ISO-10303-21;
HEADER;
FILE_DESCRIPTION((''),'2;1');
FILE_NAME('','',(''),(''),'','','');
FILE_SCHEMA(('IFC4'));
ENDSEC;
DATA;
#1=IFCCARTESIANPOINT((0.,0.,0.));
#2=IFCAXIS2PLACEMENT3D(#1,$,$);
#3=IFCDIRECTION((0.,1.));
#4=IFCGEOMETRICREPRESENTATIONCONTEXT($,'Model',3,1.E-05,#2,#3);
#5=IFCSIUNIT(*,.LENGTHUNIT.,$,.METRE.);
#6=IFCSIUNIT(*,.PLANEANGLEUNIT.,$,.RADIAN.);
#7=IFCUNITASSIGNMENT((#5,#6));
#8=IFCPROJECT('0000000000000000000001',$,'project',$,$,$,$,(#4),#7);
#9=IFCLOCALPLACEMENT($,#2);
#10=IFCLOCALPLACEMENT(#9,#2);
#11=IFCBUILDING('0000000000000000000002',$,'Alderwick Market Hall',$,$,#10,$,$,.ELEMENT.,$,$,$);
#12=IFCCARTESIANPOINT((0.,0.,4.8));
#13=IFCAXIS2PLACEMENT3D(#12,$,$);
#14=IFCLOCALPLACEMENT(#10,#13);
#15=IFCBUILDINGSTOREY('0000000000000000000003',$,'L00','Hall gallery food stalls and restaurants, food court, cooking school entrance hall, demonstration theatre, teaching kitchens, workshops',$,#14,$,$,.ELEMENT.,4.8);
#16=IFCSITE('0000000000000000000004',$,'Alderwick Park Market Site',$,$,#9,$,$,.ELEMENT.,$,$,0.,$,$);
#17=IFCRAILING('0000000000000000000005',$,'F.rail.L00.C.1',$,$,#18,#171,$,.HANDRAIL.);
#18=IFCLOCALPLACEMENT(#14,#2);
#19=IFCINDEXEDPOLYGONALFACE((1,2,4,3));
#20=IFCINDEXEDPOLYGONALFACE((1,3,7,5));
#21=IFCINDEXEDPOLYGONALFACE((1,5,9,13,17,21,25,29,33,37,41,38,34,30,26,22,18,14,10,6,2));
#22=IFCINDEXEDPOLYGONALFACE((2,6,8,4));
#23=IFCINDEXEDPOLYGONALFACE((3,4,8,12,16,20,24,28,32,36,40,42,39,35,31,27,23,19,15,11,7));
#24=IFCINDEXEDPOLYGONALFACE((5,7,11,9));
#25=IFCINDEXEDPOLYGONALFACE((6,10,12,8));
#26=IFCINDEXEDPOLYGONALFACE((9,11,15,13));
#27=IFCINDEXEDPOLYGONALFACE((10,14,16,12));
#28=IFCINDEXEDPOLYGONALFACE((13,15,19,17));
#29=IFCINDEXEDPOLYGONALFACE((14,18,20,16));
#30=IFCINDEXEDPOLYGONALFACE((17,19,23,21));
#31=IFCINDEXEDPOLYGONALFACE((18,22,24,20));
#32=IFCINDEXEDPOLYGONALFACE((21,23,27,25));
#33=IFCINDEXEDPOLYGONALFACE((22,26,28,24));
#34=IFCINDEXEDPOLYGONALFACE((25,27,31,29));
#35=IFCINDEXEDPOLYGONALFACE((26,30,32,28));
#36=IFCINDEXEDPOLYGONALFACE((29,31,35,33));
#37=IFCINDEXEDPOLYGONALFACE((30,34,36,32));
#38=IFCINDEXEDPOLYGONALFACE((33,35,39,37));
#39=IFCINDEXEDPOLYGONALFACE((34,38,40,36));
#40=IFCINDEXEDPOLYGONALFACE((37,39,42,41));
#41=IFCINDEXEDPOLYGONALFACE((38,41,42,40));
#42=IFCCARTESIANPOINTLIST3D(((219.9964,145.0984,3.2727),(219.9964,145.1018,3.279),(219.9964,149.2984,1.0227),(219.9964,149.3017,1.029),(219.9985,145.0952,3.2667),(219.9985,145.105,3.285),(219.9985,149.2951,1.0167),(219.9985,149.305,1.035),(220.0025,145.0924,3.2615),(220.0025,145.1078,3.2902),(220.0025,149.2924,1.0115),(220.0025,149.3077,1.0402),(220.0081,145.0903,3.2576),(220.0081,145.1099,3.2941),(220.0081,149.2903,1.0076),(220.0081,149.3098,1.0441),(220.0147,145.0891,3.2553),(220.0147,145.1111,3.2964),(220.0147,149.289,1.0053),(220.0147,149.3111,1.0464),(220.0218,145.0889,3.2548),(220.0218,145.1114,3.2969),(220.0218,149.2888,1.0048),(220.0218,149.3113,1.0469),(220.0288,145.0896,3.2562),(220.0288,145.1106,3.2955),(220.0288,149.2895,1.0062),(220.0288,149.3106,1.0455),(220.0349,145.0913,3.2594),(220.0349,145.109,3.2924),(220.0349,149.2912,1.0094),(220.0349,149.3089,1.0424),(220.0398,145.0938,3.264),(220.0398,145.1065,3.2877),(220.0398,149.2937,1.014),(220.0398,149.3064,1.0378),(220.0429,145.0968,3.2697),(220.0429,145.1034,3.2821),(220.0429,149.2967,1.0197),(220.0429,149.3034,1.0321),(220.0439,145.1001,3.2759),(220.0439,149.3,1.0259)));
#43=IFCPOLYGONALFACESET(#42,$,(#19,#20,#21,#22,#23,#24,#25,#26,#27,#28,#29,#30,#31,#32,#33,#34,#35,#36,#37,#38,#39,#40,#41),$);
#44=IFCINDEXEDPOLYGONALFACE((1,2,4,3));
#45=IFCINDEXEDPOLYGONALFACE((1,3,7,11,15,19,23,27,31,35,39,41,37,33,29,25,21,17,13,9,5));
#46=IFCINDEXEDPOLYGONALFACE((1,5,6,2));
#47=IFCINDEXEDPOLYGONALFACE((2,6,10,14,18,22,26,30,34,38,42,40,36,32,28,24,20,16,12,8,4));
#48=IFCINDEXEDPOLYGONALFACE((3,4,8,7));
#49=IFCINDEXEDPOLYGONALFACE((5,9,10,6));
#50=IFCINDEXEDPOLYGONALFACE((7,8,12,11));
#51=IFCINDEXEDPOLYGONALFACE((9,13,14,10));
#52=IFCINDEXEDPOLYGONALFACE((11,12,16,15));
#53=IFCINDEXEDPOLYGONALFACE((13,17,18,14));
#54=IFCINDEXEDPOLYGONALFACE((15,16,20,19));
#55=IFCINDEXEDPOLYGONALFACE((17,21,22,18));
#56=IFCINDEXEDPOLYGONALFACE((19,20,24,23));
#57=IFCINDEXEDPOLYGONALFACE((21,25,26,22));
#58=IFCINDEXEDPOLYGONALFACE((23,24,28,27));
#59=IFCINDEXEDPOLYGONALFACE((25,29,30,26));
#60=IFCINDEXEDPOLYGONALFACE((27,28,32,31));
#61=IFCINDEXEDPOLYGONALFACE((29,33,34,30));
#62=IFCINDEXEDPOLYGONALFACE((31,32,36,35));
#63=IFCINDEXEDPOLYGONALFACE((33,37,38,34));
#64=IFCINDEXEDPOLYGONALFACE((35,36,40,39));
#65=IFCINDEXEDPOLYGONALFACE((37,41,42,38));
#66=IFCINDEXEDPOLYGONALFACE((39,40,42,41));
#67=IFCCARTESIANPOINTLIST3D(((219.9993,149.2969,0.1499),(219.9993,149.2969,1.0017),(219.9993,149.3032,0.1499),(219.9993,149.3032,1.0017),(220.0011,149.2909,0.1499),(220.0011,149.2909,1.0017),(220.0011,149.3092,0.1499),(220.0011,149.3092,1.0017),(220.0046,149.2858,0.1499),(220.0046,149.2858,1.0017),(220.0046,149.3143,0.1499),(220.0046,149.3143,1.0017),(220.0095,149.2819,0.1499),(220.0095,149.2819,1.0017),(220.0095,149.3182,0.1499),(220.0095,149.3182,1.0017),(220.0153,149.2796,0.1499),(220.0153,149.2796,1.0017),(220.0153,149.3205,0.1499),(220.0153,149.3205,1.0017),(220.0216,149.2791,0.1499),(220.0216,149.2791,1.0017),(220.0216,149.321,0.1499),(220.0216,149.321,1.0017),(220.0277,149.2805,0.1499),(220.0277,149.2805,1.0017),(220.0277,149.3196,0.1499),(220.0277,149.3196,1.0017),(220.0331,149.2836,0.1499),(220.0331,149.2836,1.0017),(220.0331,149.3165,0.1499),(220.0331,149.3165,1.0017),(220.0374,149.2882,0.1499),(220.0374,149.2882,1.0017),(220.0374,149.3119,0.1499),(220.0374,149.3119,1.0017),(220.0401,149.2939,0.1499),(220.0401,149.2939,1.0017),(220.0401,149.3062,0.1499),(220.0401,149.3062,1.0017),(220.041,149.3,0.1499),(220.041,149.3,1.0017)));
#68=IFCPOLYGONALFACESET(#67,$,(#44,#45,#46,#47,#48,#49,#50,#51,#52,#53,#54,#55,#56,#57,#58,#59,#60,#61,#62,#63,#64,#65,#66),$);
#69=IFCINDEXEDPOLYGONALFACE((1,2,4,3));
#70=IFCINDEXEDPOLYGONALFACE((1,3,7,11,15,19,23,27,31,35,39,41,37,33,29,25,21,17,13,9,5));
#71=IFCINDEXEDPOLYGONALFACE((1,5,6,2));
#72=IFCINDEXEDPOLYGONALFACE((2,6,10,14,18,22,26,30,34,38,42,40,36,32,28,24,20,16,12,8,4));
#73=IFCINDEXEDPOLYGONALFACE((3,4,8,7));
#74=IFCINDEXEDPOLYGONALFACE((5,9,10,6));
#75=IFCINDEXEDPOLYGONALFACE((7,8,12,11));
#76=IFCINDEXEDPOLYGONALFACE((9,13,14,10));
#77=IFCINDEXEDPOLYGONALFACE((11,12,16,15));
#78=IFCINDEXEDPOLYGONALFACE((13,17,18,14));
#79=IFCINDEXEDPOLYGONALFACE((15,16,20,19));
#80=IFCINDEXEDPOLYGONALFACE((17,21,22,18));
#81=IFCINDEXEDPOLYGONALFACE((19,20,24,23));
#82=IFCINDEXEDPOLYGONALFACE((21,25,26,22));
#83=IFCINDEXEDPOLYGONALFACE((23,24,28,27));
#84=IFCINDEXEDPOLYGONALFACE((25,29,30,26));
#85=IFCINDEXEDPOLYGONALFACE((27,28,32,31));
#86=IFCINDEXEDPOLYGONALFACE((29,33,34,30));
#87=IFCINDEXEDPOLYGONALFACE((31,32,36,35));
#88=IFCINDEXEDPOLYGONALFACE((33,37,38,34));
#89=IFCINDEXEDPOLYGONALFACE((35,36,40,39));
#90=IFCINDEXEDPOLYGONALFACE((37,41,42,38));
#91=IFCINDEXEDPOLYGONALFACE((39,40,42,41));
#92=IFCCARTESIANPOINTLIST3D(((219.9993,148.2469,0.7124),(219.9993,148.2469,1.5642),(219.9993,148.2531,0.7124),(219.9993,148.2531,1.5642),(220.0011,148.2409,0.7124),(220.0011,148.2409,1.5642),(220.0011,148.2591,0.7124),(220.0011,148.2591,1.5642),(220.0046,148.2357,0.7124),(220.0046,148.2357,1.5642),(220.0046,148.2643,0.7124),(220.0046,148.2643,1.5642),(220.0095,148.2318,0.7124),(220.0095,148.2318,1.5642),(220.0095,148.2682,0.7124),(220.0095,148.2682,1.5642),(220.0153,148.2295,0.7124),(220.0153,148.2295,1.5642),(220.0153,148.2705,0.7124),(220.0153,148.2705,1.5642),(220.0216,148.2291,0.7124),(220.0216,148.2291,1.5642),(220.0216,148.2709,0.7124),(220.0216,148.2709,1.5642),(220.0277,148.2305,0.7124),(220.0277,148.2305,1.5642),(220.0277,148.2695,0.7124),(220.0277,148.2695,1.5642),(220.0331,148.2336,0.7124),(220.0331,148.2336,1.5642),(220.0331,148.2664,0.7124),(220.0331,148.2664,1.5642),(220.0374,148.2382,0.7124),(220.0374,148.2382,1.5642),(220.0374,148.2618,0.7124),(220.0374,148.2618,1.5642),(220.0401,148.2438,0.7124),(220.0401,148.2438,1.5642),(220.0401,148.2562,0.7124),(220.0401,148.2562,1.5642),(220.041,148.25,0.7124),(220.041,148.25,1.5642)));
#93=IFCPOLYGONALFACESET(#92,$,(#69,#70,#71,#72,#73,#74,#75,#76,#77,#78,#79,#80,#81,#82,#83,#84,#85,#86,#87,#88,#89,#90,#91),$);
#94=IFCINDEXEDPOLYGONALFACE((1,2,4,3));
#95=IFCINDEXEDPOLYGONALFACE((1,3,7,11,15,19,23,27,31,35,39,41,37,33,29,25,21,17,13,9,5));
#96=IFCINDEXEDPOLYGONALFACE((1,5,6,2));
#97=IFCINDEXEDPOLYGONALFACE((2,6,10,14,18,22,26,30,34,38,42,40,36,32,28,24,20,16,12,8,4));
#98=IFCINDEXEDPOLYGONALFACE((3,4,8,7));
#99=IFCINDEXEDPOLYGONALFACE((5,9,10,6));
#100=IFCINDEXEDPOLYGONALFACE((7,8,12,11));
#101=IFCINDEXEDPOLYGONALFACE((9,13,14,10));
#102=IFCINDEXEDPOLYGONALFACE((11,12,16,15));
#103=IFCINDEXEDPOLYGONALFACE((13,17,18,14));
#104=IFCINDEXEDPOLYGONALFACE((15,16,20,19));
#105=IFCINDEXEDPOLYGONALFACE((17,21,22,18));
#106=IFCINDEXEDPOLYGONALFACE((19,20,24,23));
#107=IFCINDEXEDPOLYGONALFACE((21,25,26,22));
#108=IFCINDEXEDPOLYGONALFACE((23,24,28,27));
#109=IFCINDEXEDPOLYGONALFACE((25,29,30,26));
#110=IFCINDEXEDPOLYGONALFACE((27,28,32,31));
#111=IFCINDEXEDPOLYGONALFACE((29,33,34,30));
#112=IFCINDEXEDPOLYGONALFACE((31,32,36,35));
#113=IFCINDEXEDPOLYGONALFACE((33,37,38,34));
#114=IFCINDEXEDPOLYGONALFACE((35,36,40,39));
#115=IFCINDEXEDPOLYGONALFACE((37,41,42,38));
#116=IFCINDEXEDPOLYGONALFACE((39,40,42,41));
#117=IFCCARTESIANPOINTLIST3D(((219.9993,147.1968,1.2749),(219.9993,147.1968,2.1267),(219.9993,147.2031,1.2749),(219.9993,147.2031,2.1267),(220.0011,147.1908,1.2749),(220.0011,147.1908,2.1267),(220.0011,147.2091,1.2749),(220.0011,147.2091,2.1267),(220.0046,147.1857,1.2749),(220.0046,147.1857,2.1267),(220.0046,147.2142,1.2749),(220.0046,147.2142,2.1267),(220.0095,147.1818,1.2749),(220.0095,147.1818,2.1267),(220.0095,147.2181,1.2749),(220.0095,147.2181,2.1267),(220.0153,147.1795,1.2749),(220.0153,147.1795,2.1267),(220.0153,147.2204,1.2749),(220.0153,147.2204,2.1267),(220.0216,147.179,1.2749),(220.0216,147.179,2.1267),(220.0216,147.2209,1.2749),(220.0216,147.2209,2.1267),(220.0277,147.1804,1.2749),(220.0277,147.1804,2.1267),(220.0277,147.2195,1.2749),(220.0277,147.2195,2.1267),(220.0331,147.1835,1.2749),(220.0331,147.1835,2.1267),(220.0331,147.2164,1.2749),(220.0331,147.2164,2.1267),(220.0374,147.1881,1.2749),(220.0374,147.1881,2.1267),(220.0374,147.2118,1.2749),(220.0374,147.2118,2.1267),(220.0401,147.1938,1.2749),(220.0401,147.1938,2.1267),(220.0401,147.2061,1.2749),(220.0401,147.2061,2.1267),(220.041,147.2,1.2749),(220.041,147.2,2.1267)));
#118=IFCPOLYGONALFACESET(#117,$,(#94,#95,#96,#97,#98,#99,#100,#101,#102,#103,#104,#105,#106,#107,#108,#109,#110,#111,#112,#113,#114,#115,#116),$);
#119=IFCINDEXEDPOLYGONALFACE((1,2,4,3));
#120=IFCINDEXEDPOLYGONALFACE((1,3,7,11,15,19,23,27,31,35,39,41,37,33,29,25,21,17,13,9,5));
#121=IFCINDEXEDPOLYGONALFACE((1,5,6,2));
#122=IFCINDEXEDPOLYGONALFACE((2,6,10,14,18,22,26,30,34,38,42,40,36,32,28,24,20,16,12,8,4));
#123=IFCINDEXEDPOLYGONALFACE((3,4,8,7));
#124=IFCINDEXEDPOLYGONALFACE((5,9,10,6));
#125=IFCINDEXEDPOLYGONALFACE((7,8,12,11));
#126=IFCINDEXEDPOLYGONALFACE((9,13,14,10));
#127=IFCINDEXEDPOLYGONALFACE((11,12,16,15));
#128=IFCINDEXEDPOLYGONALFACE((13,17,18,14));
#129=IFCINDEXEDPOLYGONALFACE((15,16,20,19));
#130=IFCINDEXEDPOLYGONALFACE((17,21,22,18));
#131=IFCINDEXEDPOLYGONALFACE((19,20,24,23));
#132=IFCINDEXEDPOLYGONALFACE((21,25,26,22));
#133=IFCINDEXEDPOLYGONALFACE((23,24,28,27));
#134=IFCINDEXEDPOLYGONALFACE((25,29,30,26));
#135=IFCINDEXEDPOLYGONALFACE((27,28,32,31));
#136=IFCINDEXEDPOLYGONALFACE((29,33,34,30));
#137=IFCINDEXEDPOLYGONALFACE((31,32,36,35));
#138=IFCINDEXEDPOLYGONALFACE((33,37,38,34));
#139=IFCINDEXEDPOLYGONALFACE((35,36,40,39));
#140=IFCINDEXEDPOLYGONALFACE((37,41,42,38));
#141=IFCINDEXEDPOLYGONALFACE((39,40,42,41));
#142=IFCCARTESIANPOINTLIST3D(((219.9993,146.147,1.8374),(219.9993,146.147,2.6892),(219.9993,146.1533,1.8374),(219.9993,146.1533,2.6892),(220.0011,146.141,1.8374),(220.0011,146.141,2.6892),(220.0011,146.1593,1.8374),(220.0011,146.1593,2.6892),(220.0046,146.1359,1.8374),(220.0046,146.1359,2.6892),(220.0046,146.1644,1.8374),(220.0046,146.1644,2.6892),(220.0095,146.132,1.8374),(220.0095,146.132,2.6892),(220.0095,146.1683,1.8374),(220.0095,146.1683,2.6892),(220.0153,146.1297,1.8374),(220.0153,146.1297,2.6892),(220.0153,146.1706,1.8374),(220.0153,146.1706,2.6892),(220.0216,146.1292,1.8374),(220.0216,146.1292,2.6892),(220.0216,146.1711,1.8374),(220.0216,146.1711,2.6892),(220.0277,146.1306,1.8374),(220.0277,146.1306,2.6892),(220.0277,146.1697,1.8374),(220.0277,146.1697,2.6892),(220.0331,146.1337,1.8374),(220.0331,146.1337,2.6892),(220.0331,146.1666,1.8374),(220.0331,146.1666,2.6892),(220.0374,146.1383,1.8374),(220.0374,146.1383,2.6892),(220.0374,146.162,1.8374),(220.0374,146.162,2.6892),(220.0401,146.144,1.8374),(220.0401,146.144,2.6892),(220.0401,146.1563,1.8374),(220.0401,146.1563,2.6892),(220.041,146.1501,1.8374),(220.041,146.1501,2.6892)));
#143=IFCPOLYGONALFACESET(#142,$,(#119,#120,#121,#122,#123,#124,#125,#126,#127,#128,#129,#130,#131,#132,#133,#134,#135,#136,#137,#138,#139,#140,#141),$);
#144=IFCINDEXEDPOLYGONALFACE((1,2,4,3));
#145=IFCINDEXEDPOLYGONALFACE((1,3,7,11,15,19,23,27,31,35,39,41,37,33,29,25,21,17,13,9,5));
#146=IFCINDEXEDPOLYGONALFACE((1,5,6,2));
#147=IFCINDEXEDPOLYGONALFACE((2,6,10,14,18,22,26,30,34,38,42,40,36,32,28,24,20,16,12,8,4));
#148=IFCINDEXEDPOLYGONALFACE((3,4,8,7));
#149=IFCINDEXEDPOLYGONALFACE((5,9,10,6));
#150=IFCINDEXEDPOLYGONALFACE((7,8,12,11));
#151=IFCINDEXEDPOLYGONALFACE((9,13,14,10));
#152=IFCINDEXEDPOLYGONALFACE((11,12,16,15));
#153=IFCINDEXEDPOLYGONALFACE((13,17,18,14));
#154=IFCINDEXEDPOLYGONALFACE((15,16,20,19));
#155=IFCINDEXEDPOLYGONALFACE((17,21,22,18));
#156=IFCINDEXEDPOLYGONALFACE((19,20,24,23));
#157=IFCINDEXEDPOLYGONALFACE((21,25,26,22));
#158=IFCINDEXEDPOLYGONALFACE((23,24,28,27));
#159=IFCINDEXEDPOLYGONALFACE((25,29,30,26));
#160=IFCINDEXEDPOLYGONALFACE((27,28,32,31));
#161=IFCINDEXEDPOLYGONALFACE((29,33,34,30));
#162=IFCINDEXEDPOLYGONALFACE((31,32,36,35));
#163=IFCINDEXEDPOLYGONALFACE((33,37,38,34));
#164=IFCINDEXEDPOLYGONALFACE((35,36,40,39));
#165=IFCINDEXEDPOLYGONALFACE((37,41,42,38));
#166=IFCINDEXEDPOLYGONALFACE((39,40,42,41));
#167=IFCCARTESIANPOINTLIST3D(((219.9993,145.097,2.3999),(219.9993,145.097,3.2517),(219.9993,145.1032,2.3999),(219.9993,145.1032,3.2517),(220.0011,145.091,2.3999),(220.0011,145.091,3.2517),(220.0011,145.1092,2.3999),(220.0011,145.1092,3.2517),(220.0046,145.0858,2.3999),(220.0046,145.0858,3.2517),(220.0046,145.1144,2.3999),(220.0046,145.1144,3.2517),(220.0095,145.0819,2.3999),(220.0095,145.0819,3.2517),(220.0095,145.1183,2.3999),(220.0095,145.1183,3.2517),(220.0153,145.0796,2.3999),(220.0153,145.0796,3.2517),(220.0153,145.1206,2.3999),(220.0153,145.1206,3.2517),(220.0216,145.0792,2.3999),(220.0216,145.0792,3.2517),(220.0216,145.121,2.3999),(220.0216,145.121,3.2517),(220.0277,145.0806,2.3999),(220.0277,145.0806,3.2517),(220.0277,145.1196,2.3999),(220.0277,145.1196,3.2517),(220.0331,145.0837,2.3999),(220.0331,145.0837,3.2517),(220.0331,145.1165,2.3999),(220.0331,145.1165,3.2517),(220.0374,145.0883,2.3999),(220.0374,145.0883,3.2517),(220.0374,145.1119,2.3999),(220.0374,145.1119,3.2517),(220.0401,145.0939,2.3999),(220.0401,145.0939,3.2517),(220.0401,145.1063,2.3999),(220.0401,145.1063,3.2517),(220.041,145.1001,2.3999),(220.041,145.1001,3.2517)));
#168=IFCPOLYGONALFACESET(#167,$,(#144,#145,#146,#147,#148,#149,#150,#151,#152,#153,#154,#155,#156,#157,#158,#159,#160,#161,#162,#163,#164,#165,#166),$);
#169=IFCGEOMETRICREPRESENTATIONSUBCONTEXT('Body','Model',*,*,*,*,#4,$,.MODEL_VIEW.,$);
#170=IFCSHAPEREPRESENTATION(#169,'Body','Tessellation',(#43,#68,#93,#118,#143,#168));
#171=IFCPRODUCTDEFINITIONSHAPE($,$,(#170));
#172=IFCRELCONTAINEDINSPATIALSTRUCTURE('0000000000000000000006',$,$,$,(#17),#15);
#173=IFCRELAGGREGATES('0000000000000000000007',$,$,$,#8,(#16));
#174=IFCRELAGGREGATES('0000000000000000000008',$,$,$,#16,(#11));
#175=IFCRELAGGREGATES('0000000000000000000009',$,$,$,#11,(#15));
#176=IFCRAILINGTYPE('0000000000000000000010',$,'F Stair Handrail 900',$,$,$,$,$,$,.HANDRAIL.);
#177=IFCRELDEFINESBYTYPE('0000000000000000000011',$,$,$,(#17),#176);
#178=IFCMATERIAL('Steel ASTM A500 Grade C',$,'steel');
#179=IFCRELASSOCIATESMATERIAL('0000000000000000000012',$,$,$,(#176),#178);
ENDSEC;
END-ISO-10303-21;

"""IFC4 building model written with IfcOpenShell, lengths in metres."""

from ifc_helpers import new_model, si_unit, direction, frame, origin, origin_2d, place, context, subcontext, project, spatial, circle, extrude, material, type_object, element, save


model = new_model("IFC4")

# Units and contexts
model_context = context("Model", 3, precision=1e-05, world=origin(), true_north=direction((0.0, 1.0)))
body_context = subcontext(model_context, "Body", "Model", "MODEL_VIEW")
ifc_project = project(units=[si_unit("LENGTHUNIT", "METRE"), si_unit("PLANEANGLEUNIT", "RADIAN")], contexts=[model_context])

# Site, building, storey
site_placement = place(None, origin())
site = spatial("IfcSite", under=ifc_project, at=site_placement, Name="Alderwick Park Market Site", CompositionType="ELEMENT", RefElevation=0.0)
building_placement = place(site_placement, origin())
building = spatial("IfcBuilding", under=site, at=building_placement, Name="Alderwick Market Hall", CompositionType="ELEMENT")
storey_placement = place(building_placement, frame((0.0, 0.0, 4.8)))
storey = spatial("IfcBuildingStorey", under=building, at=storey_placement, Name="L00", Description="Hall gallery food stalls and restaurants, food court, cooking school entrance hall, demonstration theatre, teaching kitchens, workshops", CompositionType="ELEMENT", Elevation=4.8)

# Railing
ifc_material_1 = material(Name="Steel ASTM A500 Grade C", Category="steel")
railing_type_1 = type_object("IfcRailingType", Name="F Stair Handrail 900", PredefinedType="HANDRAIL", material=ifc_material_1)
for number, where, name in (
    (1, (220.02, 149.3, 0.1499), "F.rail.L00.C.1"),
):
    element("IfcRailing", number, at=place(storey_placement, frame(where)), inside=storey, type_object=railing_type_1, Name=name, PredefinedType="HANDRAIL", context=body_context, shape_type="SweptSolid", body=[
        extrude(circle(Radius=0.0239, at=origin_2d()), frame((0.0, 0.0, 0.876), z_axis=(0.0, -0.881478, 0.472226), x_axis=(1.0, 0.0, 0.0)), (0.0, 0.0, 1.0), 4.7646),
        extrude(circle(Radius=0.021, at=origin_2d()), origin(), (0.0, 0.0, 1.0), 0.8518),
        extrude(circle(Radius=0.021, at=origin_2d()), frame((0.0, -1.05, 0.5625)), (0.0, 0.0, 1.0), 0.8518),
        extrude(circle(Radius=0.021, at=origin_2d()), frame((0.0, -2.1001, 1.125)), (0.0, 0.0, 1.0), 0.8518),
        extrude(circle(Radius=0.021, at=origin_2d()), frame((0.0, -3.1499, 1.6875)), (0.0, 0.0, 1.0), 0.8518),
        extrude(circle(Radius=0.021, at=origin_2d()), frame((0.0, -4.2, 2.25)), (0.0, 0.0, 1.0), 0.8518),
    ])

save(model, "model.ifc")
